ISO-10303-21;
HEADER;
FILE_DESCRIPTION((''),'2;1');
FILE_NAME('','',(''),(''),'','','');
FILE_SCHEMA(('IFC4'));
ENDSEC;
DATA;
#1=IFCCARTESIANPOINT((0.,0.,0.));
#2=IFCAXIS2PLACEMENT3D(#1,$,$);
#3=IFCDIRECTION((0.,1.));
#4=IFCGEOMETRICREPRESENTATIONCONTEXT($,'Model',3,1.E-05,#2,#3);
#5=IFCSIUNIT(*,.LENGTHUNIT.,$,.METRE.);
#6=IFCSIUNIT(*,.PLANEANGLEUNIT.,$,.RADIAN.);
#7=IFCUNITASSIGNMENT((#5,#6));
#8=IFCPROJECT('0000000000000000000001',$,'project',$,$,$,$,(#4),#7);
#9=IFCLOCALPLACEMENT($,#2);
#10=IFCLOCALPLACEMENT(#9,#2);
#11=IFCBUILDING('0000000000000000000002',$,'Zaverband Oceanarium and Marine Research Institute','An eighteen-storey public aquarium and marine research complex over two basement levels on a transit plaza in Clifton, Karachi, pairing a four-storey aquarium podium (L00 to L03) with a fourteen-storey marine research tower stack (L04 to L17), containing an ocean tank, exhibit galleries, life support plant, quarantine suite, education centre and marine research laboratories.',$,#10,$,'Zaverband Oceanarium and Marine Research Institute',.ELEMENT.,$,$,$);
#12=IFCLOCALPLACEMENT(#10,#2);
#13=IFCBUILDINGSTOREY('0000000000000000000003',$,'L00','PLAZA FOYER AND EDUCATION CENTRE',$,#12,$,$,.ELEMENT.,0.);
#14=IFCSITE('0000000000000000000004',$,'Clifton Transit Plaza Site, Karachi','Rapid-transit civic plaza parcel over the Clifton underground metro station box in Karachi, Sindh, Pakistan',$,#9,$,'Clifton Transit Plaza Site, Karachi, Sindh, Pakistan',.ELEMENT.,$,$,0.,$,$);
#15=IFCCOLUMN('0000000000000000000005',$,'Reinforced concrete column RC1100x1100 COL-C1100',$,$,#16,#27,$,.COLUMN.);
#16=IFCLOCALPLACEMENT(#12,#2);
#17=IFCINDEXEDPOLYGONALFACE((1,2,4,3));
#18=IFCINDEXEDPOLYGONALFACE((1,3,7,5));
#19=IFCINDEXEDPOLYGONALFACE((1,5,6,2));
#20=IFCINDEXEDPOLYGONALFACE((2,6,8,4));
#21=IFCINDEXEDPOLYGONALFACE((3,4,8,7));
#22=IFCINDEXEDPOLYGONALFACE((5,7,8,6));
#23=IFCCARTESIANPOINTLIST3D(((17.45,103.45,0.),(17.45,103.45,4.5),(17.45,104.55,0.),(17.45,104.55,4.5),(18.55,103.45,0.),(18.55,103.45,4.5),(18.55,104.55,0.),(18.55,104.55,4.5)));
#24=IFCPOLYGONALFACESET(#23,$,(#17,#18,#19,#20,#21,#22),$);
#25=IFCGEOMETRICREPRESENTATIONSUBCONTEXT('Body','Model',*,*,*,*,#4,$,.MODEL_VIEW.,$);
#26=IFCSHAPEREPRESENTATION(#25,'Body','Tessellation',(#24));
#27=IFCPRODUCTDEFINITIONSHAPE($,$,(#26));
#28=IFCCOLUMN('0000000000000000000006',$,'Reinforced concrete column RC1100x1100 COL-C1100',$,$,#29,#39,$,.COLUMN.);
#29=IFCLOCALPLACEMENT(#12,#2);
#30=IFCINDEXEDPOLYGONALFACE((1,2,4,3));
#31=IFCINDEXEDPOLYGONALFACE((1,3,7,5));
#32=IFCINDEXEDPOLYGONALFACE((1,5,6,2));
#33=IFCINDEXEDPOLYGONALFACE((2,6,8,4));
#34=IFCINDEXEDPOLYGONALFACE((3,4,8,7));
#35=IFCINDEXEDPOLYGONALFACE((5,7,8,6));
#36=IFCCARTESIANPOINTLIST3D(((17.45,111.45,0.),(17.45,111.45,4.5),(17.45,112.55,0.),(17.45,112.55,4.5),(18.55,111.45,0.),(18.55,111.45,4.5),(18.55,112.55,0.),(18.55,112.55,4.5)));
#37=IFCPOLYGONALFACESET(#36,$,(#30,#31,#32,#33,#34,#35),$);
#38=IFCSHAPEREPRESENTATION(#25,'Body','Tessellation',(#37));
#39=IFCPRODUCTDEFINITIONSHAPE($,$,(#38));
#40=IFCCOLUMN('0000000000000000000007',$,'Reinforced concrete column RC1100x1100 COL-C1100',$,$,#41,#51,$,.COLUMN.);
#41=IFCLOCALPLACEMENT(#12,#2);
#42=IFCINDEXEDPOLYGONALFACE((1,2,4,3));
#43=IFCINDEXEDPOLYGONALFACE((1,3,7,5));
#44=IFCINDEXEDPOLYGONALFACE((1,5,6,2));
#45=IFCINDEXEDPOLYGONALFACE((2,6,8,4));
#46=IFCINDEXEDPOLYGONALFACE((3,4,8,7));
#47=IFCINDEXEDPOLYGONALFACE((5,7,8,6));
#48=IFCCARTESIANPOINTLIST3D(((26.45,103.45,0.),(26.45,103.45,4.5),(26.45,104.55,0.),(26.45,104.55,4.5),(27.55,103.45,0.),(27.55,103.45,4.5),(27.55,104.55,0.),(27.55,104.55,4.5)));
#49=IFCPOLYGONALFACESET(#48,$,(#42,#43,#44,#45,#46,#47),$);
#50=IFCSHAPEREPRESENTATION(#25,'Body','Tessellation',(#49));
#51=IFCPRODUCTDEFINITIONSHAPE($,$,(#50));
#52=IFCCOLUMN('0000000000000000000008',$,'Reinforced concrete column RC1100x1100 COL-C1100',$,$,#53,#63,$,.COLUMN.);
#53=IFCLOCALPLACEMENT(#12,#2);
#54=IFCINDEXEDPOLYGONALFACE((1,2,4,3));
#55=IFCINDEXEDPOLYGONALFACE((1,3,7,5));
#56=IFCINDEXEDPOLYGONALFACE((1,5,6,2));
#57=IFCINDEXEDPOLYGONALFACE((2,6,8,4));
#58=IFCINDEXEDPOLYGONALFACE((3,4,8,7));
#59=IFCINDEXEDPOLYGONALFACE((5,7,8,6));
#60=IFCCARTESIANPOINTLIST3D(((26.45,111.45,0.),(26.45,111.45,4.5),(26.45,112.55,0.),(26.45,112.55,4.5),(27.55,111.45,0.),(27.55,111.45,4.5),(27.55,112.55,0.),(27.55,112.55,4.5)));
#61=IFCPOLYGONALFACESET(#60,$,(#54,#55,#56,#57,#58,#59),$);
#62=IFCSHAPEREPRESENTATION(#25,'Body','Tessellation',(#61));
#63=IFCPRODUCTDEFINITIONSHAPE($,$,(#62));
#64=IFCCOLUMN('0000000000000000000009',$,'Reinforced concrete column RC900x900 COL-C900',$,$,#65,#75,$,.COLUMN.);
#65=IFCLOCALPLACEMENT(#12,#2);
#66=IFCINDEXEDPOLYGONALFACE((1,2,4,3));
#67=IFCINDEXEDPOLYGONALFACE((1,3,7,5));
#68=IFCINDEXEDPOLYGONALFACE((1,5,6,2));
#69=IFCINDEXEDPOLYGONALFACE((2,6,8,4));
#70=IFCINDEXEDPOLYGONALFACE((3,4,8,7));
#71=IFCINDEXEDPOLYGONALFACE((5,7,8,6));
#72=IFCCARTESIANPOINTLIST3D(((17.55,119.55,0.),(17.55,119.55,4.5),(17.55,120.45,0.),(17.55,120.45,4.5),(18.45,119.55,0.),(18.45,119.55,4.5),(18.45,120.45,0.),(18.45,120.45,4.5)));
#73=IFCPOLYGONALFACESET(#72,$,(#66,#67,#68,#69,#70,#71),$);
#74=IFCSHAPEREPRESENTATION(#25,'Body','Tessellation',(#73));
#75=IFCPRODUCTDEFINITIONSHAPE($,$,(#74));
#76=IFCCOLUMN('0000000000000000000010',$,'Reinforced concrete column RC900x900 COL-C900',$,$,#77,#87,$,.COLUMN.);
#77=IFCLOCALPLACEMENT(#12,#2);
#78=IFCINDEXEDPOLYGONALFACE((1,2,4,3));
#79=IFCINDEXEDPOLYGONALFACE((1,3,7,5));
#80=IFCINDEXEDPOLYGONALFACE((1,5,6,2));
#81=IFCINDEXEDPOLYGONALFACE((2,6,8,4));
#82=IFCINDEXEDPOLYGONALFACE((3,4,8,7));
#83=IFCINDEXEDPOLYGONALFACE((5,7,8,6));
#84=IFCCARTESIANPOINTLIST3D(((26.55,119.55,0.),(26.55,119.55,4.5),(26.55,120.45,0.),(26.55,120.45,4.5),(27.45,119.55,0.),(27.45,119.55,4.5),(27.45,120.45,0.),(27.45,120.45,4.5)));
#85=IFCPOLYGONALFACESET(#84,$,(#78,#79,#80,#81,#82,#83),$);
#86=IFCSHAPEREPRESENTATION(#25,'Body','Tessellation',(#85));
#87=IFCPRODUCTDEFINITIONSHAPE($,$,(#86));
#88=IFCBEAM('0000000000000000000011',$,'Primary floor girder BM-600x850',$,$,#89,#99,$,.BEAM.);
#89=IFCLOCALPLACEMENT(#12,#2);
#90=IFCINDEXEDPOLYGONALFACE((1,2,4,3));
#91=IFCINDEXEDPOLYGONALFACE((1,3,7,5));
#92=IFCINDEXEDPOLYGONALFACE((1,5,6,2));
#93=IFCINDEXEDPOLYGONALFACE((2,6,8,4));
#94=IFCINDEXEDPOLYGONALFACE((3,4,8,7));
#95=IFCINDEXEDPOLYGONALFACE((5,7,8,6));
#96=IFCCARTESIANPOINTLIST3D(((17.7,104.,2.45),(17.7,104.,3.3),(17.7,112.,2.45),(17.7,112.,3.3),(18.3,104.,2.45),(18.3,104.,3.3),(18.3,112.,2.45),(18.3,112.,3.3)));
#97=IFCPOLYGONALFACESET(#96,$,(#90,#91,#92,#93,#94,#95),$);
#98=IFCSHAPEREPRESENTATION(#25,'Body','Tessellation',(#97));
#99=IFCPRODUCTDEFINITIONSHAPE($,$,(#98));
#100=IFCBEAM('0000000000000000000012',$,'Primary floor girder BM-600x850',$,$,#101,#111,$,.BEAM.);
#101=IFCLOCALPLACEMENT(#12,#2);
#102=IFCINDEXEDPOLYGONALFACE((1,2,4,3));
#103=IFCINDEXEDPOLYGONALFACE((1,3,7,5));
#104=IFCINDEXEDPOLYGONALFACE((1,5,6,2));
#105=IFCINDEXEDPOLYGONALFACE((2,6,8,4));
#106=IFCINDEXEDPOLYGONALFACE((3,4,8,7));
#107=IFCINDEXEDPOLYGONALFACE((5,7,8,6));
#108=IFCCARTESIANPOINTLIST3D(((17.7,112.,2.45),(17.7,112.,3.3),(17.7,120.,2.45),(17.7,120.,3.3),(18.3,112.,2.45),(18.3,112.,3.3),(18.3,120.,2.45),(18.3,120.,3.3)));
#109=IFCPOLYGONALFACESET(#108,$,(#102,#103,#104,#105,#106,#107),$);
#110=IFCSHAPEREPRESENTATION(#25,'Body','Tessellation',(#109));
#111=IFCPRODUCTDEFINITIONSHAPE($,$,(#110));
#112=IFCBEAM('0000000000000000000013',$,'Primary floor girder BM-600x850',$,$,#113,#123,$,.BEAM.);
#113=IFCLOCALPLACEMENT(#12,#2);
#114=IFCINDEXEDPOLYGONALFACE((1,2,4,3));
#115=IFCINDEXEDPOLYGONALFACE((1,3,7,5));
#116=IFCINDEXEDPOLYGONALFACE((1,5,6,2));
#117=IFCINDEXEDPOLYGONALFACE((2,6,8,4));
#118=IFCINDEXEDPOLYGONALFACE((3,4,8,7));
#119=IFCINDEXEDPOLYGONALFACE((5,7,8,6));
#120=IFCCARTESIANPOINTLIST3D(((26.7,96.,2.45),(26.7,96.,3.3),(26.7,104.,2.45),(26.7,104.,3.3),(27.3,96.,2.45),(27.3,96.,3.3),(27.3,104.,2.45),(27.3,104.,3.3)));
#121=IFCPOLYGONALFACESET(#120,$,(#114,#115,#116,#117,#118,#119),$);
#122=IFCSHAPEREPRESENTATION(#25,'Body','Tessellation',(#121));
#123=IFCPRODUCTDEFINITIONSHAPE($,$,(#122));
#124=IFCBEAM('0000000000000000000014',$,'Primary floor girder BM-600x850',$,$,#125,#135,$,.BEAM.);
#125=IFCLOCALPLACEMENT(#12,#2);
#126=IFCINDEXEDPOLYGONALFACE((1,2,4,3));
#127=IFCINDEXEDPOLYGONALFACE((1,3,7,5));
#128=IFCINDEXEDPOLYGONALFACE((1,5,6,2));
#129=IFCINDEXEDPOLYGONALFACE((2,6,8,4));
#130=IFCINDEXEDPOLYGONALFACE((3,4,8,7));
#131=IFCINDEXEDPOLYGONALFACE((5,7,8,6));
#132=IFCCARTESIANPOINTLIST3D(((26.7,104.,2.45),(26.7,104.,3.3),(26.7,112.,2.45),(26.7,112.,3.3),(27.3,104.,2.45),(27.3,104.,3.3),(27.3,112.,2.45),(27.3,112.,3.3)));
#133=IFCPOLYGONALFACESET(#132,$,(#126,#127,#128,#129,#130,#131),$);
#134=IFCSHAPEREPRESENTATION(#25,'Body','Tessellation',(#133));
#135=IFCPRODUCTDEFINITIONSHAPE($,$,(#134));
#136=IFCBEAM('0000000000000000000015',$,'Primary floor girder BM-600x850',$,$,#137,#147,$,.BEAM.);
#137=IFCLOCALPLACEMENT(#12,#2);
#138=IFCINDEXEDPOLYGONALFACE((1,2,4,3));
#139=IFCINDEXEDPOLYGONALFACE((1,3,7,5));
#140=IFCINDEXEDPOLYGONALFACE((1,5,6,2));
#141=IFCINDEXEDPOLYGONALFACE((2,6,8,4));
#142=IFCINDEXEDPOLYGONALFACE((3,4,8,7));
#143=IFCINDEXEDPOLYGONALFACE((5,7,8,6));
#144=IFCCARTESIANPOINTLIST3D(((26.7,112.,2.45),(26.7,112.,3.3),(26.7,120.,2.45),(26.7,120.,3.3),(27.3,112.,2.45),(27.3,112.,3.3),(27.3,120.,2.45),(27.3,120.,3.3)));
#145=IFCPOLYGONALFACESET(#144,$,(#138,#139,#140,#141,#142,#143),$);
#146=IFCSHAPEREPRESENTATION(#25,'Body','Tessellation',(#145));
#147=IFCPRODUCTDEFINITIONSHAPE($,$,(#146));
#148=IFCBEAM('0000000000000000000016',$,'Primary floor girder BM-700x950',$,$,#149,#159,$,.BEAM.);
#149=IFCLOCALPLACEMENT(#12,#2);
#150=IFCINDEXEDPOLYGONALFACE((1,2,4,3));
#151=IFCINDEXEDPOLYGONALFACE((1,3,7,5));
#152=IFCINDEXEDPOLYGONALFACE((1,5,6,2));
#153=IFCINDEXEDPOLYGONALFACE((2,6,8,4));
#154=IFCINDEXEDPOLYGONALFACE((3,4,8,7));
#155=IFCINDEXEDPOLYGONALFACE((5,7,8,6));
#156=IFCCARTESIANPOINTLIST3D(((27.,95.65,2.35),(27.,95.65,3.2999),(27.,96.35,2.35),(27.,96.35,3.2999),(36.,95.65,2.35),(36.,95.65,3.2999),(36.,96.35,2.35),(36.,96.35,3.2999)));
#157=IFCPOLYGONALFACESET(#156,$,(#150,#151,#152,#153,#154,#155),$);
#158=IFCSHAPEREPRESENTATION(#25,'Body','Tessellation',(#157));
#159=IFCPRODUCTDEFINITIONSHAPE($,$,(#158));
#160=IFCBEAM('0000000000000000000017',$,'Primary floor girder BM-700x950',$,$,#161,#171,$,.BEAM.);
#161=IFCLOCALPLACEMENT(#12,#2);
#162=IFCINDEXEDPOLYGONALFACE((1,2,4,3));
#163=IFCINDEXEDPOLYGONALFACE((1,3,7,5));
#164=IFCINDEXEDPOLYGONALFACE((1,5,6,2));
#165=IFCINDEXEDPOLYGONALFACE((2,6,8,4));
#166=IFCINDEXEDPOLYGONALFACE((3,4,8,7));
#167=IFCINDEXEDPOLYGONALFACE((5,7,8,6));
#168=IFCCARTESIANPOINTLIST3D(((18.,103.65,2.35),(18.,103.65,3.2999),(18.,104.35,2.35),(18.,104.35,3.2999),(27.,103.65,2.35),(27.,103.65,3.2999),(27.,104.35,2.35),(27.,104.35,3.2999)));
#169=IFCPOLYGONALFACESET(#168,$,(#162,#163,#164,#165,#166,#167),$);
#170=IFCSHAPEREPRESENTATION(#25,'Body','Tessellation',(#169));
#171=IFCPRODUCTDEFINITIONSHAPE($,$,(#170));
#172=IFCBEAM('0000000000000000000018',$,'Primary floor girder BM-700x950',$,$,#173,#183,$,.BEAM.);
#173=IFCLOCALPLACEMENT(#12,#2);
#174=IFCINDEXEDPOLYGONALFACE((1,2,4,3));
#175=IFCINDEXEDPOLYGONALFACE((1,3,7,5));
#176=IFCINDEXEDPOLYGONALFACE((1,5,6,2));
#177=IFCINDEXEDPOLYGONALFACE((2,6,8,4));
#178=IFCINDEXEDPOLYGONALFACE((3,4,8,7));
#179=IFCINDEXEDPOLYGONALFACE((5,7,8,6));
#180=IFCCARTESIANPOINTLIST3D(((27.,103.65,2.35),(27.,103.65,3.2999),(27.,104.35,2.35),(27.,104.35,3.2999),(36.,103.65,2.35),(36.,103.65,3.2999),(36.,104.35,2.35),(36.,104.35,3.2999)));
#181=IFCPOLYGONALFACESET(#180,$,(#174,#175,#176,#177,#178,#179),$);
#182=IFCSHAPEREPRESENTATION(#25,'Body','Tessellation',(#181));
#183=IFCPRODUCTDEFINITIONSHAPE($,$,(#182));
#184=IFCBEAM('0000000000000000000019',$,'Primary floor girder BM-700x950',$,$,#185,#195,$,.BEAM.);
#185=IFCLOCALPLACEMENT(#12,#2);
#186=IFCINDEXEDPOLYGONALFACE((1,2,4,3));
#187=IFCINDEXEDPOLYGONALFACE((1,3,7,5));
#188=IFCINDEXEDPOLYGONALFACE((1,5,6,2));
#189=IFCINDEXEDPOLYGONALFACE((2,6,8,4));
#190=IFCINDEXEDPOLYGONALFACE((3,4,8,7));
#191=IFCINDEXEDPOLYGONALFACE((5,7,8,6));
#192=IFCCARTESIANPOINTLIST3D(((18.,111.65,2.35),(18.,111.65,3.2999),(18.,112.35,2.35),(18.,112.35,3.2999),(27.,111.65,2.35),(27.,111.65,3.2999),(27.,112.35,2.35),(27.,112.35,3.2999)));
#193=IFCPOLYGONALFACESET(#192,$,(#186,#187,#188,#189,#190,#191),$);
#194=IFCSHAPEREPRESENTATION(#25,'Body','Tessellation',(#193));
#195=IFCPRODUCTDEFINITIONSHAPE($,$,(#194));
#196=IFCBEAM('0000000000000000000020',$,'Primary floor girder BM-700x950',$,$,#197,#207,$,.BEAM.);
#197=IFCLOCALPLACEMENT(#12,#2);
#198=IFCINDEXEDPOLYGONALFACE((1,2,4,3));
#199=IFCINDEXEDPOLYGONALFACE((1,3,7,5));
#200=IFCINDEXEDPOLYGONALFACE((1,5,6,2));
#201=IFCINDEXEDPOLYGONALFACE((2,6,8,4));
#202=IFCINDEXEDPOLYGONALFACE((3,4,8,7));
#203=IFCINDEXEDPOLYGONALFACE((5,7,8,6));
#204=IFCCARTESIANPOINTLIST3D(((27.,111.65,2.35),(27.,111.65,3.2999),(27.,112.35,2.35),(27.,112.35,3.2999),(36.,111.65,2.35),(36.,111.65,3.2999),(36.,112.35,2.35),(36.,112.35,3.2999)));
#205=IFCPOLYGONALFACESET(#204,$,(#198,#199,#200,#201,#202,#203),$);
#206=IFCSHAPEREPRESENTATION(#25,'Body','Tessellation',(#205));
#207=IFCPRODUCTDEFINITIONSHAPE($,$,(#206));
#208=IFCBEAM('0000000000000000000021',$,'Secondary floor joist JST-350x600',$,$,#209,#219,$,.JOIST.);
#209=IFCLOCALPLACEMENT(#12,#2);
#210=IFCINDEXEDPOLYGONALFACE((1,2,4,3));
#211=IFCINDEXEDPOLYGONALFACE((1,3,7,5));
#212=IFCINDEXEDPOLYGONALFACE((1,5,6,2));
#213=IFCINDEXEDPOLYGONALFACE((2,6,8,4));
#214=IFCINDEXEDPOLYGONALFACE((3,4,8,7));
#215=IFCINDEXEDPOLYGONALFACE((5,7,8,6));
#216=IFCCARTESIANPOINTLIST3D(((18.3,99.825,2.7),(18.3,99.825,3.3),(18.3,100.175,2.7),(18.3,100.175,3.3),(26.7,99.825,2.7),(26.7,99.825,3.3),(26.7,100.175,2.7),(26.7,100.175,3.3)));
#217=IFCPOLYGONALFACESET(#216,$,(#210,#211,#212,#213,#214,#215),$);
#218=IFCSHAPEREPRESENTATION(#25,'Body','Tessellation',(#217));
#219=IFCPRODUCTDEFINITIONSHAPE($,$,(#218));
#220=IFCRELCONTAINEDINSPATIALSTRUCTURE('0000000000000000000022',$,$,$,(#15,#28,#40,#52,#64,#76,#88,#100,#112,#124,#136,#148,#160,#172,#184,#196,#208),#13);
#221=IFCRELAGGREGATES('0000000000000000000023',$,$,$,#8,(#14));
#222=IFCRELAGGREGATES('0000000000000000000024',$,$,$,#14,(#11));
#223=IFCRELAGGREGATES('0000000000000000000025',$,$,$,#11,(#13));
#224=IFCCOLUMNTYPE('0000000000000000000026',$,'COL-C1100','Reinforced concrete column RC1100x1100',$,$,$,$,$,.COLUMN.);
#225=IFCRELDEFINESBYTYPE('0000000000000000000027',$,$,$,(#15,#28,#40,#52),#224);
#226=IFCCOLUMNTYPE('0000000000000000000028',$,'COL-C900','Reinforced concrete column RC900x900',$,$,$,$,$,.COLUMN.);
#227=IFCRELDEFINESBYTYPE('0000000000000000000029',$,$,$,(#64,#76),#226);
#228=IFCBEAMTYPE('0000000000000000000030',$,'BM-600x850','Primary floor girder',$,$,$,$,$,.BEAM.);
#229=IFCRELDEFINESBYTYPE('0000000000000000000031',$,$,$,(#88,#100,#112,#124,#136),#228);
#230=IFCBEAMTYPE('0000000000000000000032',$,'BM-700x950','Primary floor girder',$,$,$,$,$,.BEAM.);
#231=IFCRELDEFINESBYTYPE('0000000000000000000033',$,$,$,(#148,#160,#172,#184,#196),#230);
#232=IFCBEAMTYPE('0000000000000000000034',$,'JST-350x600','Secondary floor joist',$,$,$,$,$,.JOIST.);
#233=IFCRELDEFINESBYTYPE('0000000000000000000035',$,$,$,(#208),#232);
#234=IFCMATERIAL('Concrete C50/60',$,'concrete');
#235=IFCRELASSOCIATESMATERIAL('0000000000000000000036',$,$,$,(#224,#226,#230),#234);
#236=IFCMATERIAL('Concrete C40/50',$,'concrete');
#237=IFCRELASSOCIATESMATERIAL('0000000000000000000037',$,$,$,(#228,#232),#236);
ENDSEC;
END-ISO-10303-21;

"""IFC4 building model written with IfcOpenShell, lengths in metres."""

from ifc_helpers import new_model, si_unit, direction, frame, origin, origin_2d, place, context, subcontext, project, spatial, rectangle, extrude, material, material_profile, profile_set, type_object, element, save


model = new_model("IFC4")

# Units and contexts
model_context = context("Model", 3, precision=1e-05, world=origin(), true_north=direction((0.0, 1.0)))
body_context = subcontext(model_context, "Body", "Model", "MODEL_VIEW")
ifc_project = project(units=[si_unit("LENGTHUNIT", "METRE"), si_unit("PLANEANGLEUNIT", "RADIAN")], contexts=[model_context])

# Site, building, storey
site_placement = place(None, origin())
site = spatial("IfcSite", under=ifc_project, at=site_placement, Name="Clifton Transit Plaza Site, Karachi", Description="Rapid-transit civic plaza parcel over the Clifton underground metro station box in Karachi, Sindh, Pakistan", LongName="Clifton Transit Plaza Site, Karachi, Sindh, Pakistan", CompositionType="ELEMENT", RefElevation=0.0)
building_placement = place(site_placement, origin())
building = spatial("IfcBuilding", under=site, at=building_placement, Name="Zaverband Oceanarium and Marine Research Institute", Description="An eighteen-storey public aquarium and marine research complex over two basement levels on a transit plaza in Clifton, Karachi, pairing a four-storey aquarium podium (L00 to L03) with a fourteen-storey marine research tower stack (L04 to L17), containing an ocean tank, exhibit galleries, life support plant, quarantine suite, education centre and marine research laboratories.", LongName="Zaverband Oceanarium and Marine Research Institute", CompositionType="ELEMENT")
storey_placement = place(building_placement, origin())
storey = spatial("IfcBuildingStorey", under=building, at=storey_placement, Name="L00", Description="PLAZA FOYER AND EDUCATION CENTRE", CompositionType="ELEMENT", Elevation=0.0)

# Columns
ifc_material_1 = material(Name="Concrete C50/60", Category="concrete")
ifc_material_profile_1 = material_profile(ifc_material_1, rectangle(XDim=1.1001, YDim=1.1001, at=origin_2d()), Name="RC1100x1100")
ifc_profile_set_1 = profile_set([ifc_material_profile_1], Name="Concrete C50/60")
column_type_1 = type_object("IfcColumnType", Name="COL-C1100", Description="Reinforced concrete column RC1100x1100", PredefinedType="COLUMN", material=ifc_profile_set_1)
for number, where, z_axis, x_axis, name in (
    (1, (18.0, 104.0, 0.0), (0.0, 0.0, 1.0), (1.0, 0.0, 0.0), "Reinforced concrete column RC1100x1100 COL-C1100"),
    (2, (18.0, 112.0, 0.0), (0.0, 0.0, 1.0), (1.0, 0.0, 0.0), "Reinforced concrete column RC1100x1100 COL-C1100"),
    (3, (27.0, 104.0, 0.0), (0.0, 0.0, 1.0), (1.0, 0.0, 0.0), "Reinforced concrete column RC1100x1100 COL-C1100"),
    (4, (27.0, 112.0, 0.0), (0.0, 0.0, 1.0), (1.0, 0.0, 0.0), "Reinforced concrete column RC1100x1100 COL-C1100"),
):
    element("IfcColumn", number, at=place(storey_placement, frame(where, z_axis=z_axis, x_axis=x_axis)), inside=storey, type_object=column_type_1, Name=name, PredefinedType="COLUMN", context=body_context, shape_type="SweptSolid", body=[
        extrude(rectangle(XDim=1.1001, YDim=1.1001, at=origin_2d()), origin(), (0.0, 0.0, 1.0), 4.5),
    ])
ifc_material_profile_2 = material_profile(ifc_material_1, rectangle(XDim=0.8999, YDim=0.8999, at=origin_2d()), Name="RC900x900")
ifc_profile_set_2 = profile_set([ifc_material_profile_2], Name="Concrete C50/60")
column_type_2 = type_object("IfcColumnType", Name="COL-C900", Description="Reinforced concrete column RC900x900", PredefinedType="COLUMN", material=ifc_profile_set_2)
for number, where, z_axis, x_axis, name in (
    (5, (18.0, 120.0, 0.0), (0.0, 0.0, 1.0), (1.0, 0.0, 0.0), "Reinforced concrete column RC900x900 COL-C900"),
    (6, (27.0, 120.0, 0.0), (0.0, 0.0, 1.0), (1.0, 0.0, 0.0), "Reinforced concrete column RC900x900 COL-C900"),
):
    element("IfcColumn", number, at=place(storey_placement, frame(where, z_axis=z_axis, x_axis=x_axis)), inside=storey, type_object=column_type_2, Name=name, PredefinedType="COLUMN", context=body_context, shape_type="SweptSolid", body=[
        extrude(rectangle(XDim=0.8999, YDim=0.8999, at=origin_2d()), origin(), (0.0, 0.0, 1.0), 4.5),
    ])

# Beams
ifc_material_2 = material(Name="Concrete C40/50", Category="concrete")
ifc_material_profile_3 = material_profile(ifc_material_2, rectangle(XDim=0.6001, YDim=0.8501, at=origin_2d()), Name="RC600x850")
ifc_profile_set_3 = profile_set([ifc_material_profile_3], Name="Concrete C40/50")
beam_type_1 = type_object("IfcBeamType", Name="BM-600x850", Description="Primary floor girder", PredefinedType="BEAM", material=ifc_profile_set_3)
for number, where, z_axis, x_axis, name in (
    (7, (18.0, 104.0, 2.875), (0.0, 1.0, 0.0), (-1.0, 0.0, 0.0), "Primary floor girder BM-600x850"),
    (8, (18.0, 112.0, 2.875), (0.0, 1.0, 0.0), (-1.0, 0.0, 0.0), "Primary floor girder BM-600x850"),
    (9, (27.0, 96.0, 2.875), (0.0, 1.0, 0.0), (-1.0, 0.0, 0.0), "Primary floor girder BM-600x850"),
    (10, (27.0, 104.0, 2.875), (0.0, 1.0, 0.0), (-1.0, 0.0, 0.0), "Primary floor girder BM-600x850"),
    (11, (27.0, 112.0, 2.875), (0.0, 1.0, 0.0), (-1.0, 0.0, 0.0), "Primary floor girder BM-600x850"),
):
    element("IfcBeam", number, at=place(storey_placement, frame(where, z_axis=z_axis, x_axis=x_axis)), inside=storey, type_object=beam_type_1, Name=name, PredefinedType="BEAM", context=body_context, shape_type="SweptSolid", body=[
        extrude(rectangle(XDim=0.6001, YDim=0.8501, at=origin_2d()), origin(), (0.0, 0.0, 1.0), 8.0),
    ])
ifc_material_profile_4 = material_profile(ifc_material_1, rectangle(XDim=0.7, YDim=0.95, at=origin_2d()), Name="RC700x950")
ifc_profile_set_4 = profile_set([ifc_material_profile_4], Name="Concrete C50/60")
beam_type_2 = type_object("IfcBeamType", Name="BM-700x950", Description="Primary floor girder", PredefinedType="BEAM", material=ifc_profile_set_4)
for number, where, z_axis, x_axis, name in (
    (12, (27.0, 96.0, 2.825), (1.0, 0.0, 0.0), (0.0, 1.0, 0.0), "Primary floor girder BM-700x950"),
    (13, (18.0, 104.0, 2.825), (1.0, 0.0, 0.0), (0.0, 1.0, 0.0), "Primary floor girder BM-700x950"),
    (14, (27.0, 104.0, 2.825), (1.0, 0.0, 0.0), (0.0, 1.0, 0.0), "Primary floor girder BM-700x950"),
    (15, (18.0, 112.0, 2.825), (1.0, 0.0, 0.0), (0.0, 1.0, 0.0), "Primary floor girder BM-700x950"),
    (16, (27.0, 112.0, 2.825), (1.0, 0.0, 0.0), (0.0, 1.0, 0.0), "Primary floor girder BM-700x950"),
):
    element("IfcBeam", number, at=place(storey_placement, frame(where, z_axis=z_axis, x_axis=x_axis)), inside=storey, type_object=beam_type_2, Name=name, PredefinedType="BEAM", context=body_context, shape_type="SweptSolid", body=[
        extrude(rectangle(XDim=0.7, YDim=0.95, at=origin_2d()), origin(), (0.0, 0.0, 1.0), 9.0),
    ])
ifc_material_profile_5 = material_profile(ifc_material_2, rectangle(XDim=0.3501, YDim=0.6001, at=origin_2d()), Name="RC350x600")
ifc_profile_set_5 = profile_set([ifc_material_profile_5], Name="Concrete C40/50")
beam_type_3 = type_object("IfcBeamType", Name="JST-350x600", Description="Secondary floor joist", PredefinedType="JOIST", material=ifc_profile_set_5)
for number, where, z_axis, x_axis, name in (
    (17, (18.3, 100.0, 3.0), (1.0, 0.0, 0.0), (0.0, 1.0, 0.0), "Secondary floor joist JST-350x600"),
):
    element("IfcBeam", number, at=place(storey_placement, frame(where, z_axis=z_axis, x_axis=x_axis)), inside=storey, type_object=beam_type_3, Name=name, PredefinedType="JOIST", context=body_context, shape_type="SweptSolid", body=[
        extrude(rectangle(XDim=0.3501, YDim=0.6001, at=origin_2d()), origin(), (0.0, 0.0, 1.0), 8.3999),
    ])

save(model, "model.ifc")
